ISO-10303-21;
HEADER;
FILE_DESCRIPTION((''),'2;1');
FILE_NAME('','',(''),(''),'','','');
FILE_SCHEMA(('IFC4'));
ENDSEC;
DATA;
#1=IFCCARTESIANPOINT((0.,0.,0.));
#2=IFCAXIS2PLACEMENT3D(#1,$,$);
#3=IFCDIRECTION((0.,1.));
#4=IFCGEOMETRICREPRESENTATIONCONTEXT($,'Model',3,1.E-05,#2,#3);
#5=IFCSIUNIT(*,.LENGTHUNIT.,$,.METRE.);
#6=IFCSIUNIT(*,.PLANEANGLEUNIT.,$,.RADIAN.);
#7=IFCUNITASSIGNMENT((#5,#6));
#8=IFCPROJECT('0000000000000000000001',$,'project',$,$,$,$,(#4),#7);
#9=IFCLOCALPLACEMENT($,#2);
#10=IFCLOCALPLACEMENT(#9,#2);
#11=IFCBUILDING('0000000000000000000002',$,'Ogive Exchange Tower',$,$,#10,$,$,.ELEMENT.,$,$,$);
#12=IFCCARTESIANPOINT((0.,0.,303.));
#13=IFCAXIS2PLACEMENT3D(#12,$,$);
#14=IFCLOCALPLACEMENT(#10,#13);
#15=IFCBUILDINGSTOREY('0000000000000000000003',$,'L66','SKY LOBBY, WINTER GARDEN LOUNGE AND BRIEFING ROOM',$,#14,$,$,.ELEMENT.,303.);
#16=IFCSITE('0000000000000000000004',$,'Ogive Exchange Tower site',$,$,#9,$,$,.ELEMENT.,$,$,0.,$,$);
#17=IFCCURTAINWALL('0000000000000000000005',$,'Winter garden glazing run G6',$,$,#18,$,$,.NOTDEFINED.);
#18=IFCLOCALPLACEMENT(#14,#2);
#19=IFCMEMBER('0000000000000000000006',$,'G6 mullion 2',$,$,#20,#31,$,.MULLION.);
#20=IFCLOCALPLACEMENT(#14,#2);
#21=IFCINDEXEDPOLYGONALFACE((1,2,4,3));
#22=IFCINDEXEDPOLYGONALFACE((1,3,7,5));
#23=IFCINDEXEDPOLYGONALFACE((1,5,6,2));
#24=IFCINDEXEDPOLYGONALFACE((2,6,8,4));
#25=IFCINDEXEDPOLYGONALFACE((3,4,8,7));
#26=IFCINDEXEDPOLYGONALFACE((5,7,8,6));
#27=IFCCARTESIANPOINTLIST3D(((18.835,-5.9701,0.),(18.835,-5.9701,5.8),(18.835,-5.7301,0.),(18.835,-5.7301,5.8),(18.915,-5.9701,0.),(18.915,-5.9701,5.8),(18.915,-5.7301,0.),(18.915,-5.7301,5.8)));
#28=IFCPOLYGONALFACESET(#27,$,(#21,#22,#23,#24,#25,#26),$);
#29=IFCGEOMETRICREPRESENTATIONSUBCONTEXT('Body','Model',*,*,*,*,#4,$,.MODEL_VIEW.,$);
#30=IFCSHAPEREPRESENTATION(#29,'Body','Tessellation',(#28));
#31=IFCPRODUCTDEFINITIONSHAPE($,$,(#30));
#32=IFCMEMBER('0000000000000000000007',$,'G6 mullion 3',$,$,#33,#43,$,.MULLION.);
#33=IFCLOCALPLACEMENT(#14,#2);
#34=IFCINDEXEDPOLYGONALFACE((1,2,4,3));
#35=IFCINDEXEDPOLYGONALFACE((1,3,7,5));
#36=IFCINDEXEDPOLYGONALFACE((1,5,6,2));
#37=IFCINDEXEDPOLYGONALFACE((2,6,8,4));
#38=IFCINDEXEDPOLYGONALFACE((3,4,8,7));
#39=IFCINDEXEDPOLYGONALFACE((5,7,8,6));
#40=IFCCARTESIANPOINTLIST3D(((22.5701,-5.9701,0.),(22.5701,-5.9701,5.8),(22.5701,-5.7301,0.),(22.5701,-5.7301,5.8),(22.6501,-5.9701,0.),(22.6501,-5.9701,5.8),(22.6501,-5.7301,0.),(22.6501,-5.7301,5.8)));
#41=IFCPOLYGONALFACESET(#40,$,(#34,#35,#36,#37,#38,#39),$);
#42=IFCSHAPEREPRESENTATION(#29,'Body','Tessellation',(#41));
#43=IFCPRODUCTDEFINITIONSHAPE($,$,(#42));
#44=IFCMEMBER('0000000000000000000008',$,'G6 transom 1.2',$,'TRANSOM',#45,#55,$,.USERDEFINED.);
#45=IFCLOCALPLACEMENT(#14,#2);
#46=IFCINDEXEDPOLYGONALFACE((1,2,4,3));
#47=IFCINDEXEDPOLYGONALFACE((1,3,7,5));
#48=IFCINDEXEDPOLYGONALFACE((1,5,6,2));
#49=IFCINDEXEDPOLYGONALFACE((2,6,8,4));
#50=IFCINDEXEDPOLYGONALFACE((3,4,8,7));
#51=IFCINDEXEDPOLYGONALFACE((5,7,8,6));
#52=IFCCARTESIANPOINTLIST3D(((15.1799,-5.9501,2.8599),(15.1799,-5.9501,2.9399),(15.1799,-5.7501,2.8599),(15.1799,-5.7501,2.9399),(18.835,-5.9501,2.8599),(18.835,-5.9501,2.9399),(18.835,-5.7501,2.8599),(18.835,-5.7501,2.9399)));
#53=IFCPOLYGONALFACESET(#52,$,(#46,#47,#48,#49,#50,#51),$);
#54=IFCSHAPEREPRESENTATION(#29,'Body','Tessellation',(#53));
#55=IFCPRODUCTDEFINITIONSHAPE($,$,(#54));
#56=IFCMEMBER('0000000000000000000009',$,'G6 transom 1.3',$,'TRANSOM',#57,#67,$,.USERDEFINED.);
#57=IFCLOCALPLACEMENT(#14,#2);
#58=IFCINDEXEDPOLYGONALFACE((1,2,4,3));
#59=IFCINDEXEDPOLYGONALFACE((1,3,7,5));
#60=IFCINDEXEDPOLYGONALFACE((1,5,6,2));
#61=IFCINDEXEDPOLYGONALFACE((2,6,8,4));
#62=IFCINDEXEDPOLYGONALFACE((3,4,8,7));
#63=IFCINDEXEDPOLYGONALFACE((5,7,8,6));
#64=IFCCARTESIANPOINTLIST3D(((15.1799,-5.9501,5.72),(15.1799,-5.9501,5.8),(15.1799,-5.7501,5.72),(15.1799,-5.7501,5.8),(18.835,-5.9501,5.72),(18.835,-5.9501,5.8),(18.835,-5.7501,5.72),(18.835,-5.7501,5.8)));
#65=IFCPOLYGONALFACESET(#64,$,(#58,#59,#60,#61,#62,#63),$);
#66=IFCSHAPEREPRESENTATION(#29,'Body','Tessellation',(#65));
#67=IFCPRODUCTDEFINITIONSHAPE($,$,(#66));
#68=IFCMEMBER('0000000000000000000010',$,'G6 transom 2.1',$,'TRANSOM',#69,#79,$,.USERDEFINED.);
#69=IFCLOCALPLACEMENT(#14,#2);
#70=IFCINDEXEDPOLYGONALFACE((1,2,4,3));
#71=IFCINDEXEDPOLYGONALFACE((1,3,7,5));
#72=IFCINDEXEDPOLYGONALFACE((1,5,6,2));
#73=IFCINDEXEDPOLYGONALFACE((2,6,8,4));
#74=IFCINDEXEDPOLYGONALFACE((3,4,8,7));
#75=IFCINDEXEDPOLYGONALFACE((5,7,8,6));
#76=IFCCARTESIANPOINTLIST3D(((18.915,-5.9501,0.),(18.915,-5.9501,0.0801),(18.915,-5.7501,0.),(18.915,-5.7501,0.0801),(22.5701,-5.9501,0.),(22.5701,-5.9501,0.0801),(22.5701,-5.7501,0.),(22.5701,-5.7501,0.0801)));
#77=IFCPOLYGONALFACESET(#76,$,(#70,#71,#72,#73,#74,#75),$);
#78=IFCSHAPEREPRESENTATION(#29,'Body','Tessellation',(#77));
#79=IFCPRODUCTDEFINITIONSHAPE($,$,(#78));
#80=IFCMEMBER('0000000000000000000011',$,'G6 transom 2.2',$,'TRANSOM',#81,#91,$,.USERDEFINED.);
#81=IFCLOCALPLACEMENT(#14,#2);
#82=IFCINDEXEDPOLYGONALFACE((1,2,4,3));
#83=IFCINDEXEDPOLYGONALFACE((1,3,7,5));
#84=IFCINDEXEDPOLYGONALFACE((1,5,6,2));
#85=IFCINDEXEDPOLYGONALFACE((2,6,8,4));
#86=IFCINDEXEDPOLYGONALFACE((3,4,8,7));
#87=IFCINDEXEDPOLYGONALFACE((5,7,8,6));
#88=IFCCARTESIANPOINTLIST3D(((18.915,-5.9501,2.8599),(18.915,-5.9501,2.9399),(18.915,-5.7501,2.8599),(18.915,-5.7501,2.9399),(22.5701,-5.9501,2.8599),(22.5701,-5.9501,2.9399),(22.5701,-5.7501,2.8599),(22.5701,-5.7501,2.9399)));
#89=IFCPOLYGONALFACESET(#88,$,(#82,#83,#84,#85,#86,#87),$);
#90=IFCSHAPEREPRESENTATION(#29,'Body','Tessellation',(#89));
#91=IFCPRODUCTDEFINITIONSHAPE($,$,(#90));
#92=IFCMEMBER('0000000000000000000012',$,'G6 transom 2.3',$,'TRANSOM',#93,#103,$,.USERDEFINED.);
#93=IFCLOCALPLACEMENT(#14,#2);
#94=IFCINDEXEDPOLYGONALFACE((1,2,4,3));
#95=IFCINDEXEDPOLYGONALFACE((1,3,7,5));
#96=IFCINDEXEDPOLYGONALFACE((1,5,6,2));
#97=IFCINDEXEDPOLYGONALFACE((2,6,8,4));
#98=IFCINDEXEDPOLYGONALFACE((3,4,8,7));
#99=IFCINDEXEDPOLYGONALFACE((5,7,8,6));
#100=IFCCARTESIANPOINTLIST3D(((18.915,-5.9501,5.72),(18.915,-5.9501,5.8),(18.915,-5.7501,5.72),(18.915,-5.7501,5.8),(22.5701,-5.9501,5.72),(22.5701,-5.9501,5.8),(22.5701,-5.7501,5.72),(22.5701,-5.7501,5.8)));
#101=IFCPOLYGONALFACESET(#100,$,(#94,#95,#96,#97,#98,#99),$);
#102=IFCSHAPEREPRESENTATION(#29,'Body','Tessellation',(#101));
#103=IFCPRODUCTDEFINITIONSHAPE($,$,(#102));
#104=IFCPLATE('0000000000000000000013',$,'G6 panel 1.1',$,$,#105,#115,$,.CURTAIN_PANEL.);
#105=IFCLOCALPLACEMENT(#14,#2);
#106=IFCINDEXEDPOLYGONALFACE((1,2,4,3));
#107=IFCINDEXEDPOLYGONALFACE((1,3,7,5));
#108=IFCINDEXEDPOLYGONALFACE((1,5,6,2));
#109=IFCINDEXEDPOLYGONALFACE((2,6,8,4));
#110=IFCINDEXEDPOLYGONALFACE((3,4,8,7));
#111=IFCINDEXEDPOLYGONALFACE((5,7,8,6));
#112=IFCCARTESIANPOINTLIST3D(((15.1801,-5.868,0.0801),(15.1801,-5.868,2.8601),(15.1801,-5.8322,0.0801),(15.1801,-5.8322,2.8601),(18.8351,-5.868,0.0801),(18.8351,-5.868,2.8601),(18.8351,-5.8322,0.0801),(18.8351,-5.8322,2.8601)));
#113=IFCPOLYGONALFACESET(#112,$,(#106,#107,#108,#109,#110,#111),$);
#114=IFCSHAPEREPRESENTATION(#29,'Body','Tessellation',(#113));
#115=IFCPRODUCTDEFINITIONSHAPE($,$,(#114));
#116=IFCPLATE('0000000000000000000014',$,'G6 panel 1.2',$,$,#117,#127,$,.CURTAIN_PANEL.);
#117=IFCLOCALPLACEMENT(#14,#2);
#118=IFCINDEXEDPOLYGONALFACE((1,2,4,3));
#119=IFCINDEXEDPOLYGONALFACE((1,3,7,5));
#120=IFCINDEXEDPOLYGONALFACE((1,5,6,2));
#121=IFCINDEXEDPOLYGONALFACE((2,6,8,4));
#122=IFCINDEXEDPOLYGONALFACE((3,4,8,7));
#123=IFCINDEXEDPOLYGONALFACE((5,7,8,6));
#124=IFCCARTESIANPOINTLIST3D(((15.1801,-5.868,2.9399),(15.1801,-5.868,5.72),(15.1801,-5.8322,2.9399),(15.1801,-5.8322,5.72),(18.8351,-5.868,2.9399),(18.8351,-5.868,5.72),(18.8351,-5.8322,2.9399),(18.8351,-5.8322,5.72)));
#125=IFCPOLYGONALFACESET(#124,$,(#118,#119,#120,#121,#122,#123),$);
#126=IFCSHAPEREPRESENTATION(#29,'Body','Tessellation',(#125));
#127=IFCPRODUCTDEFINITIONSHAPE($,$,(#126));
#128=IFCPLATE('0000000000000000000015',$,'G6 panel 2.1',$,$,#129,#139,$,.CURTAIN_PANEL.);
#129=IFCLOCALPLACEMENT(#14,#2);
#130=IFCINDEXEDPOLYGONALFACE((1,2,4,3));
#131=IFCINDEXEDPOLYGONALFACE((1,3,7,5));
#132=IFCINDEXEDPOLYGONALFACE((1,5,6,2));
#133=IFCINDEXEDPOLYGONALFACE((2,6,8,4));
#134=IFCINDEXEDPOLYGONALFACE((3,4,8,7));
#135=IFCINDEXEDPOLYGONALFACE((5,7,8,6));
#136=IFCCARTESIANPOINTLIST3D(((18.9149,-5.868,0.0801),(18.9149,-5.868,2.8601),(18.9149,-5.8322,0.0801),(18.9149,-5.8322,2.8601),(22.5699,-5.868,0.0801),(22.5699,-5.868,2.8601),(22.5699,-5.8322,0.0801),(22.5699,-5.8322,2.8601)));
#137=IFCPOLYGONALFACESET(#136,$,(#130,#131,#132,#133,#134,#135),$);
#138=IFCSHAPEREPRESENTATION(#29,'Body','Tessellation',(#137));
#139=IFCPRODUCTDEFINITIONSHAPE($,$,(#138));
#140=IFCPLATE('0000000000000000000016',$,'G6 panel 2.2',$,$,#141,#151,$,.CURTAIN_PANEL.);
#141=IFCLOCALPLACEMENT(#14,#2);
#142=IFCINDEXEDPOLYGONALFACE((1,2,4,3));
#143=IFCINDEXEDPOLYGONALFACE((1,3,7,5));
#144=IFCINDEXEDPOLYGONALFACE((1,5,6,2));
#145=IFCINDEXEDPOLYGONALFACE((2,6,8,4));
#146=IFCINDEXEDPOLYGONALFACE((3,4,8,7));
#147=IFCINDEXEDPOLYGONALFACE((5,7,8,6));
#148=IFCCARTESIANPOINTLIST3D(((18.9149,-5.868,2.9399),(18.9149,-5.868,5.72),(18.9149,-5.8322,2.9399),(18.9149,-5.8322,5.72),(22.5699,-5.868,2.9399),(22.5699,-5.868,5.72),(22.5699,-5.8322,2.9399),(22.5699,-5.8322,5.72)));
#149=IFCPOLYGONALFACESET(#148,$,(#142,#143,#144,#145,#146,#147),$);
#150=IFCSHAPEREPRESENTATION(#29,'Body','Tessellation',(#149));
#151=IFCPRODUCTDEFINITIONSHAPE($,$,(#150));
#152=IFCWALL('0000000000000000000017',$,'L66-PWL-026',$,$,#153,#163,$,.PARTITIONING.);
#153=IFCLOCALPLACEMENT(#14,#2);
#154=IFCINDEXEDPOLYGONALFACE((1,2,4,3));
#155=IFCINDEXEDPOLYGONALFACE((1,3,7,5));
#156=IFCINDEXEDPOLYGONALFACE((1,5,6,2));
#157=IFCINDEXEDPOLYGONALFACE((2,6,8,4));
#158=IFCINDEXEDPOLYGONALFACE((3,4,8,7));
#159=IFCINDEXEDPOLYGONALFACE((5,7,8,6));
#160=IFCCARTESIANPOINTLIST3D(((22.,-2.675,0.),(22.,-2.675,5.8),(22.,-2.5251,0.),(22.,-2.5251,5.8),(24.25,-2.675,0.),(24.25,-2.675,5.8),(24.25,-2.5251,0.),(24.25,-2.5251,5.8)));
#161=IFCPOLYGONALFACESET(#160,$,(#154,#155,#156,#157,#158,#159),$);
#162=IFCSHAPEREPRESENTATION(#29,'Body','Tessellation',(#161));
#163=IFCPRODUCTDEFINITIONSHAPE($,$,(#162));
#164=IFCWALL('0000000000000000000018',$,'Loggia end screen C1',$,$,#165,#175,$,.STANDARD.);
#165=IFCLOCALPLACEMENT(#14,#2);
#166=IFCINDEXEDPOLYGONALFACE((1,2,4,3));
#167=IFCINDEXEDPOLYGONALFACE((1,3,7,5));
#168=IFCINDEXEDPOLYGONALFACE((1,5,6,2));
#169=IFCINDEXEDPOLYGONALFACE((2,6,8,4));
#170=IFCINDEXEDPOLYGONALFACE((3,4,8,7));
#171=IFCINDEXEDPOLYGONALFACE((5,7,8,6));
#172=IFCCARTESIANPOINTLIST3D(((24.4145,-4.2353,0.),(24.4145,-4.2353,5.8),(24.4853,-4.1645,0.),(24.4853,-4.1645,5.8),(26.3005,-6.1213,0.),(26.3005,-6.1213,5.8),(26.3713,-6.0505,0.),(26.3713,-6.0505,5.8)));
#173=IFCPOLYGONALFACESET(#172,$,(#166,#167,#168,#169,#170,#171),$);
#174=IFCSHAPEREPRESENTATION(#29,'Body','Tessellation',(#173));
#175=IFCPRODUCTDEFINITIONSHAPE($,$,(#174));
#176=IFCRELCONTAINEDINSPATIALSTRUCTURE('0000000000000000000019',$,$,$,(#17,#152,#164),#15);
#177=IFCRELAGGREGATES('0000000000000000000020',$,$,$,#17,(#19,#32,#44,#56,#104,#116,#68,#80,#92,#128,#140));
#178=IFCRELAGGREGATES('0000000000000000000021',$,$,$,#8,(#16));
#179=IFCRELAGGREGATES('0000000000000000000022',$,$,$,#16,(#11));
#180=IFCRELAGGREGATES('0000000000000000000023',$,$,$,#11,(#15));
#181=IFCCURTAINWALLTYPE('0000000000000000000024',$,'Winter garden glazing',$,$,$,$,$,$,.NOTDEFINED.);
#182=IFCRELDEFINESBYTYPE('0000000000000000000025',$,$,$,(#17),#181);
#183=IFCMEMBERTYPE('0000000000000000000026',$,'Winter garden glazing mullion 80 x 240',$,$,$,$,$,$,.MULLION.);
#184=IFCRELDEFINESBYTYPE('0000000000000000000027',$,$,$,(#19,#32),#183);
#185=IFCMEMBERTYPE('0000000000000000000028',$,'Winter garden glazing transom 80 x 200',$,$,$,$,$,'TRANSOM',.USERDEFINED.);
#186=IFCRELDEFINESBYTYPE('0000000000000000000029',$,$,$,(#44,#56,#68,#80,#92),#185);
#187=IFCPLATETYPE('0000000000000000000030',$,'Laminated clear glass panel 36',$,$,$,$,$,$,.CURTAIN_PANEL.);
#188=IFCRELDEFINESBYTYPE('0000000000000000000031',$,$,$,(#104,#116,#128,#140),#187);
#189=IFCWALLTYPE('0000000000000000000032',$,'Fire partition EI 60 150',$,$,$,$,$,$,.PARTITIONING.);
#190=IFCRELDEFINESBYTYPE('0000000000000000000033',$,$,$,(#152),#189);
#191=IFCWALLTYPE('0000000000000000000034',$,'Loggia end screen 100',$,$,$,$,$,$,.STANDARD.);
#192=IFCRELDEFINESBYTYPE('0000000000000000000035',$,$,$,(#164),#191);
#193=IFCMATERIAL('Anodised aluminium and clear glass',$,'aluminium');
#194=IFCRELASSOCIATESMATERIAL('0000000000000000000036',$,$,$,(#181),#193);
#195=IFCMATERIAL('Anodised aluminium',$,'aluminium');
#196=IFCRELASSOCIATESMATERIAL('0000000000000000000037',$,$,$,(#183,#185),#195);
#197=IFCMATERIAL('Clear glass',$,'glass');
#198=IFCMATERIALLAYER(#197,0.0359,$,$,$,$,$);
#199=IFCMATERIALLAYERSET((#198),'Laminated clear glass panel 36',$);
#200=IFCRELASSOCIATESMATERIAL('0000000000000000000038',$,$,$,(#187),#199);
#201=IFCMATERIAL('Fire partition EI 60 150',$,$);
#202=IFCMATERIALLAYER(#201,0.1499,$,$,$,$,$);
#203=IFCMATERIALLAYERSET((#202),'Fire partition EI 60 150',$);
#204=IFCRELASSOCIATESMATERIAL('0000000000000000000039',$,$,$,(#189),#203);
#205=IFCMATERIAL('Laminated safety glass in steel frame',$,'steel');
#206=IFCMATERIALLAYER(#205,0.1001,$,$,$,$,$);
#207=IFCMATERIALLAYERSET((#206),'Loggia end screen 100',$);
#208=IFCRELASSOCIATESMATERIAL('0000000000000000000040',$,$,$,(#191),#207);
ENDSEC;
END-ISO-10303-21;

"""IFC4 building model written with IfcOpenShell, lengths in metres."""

from ifc_helpers import new_model, si_unit, direction, frame, frame_2d, origin, origin_2d, place, context, subcontext, project, spatial, rectangle, extrude, material, layer, layer_set, material_profile, profile_set, type_object, element, aggregate, save


model = new_model("IFC4")

# Units and contexts
model_context = context("Model", 3, precision=1e-05, world=origin(), true_north=direction((0.0, 1.0)))
body_context = subcontext(model_context, "Body", "Model", "MODEL_VIEW")
ifc_project = project(units=[si_unit("LENGTHUNIT", "METRE"), si_unit("PLANEANGLEUNIT", "RADIAN")], contexts=[model_context])

# Site, building, storey
site_placement = place(None, origin())
site = spatial("IfcSite", under=ifc_project, at=site_placement, Name="Ogive Exchange Tower site", CompositionType="ELEMENT", RefElevation=0.0)
building_placement = place(site_placement, origin())
building = spatial("IfcBuilding", under=site, at=building_placement, Name="Ogive Exchange Tower", CompositionType="ELEMENT")
storey_placement = place(building_placement, frame((0.0, 0.0, 303.0)))
storey = spatial("IfcBuildingStorey", under=building, at=storey_placement, Name="L66", Description="SKY LOBBY, WINTER GARDEN LOUNGE AND BRIEFING ROOM", CompositionType="ELEMENT", Elevation=303.0)

# Curtain wall, members, plates
ifc_material_1 = material(Name="Anodised aluminium and clear glass", Category="aluminium")
curtain_wall_type = type_object("IfcCurtainWallType", Name="Winter garden glazing", PredefinedType="NOTDEFINED", material=ifc_material_1)
curtain_wall_placement = place(storey_placement, origin())
curtain_wall = element("IfcCurtainWall", 1, at=curtain_wall_placement, inside=storey, type_object=curtain_wall_type, Name="Winter garden glazing run G6", PredefinedType="NOTDEFINED")
ifc_material_2 = material(Name="Anodised aluminium", Category="aluminium")
ifc_material_profile_1 = material_profile(ifc_material_2, rectangle(XDim=0.24, YDim=0.0801, at=origin_2d()), Name="AL 80x240")
ifc_profile_set_1 = profile_set([ifc_material_profile_1], Name="Anodised aluminium")
member_type_1 = type_object("IfcMemberType", Name="Winter garden glazing mullion 80 x 240", PredefinedType="MULLION", material=ifc_profile_set_1)
member_1_placement = place(storey_placement, frame((18.875, -5.8501, 0.0), z_axis=(0.0, 0.0, 1.0), x_axis=(0.0, 1.0, 0.0)))
member_1 = element("IfcMember", 2, at=member_1_placement, type_object=member_type_1, Name="G6 mullion 2", PredefinedType="MULLION", context=body_context, shape_type="SweptSolid", body=[
    extrude(rectangle(XDim=0.24, YDim=0.0801, at=origin_2d()), origin(), (0.0, 0.0, 1.0), 5.8),
])
member_2_placement = place(storey_placement, frame((22.6101, -5.8501, 0.0), z_axis=(0.0, 0.0, 1.0), x_axis=(0.0, 1.0, 0.0)))
member_2 = element("IfcMember", 3, at=member_2_placement, type_object=member_type_1, Name="G6 mullion 3", PredefinedType="MULLION", context=body_context, shape_type="SweptSolid", body=[
    extrude(rectangle(XDim=0.24, YDim=0.0801, at=origin_2d()), origin(), (0.0, 0.0, 1.0), 5.8),
])
ifc_material_profile_2 = material_profile(ifc_material_2, rectangle(XDim=0.2, YDim=0.0801, at=origin_2d()), Name="AL 80x200")
ifc_profile_set_2 = profile_set([ifc_material_profile_2], Name="Anodised aluminium")
member_type_2 = type_object("IfcMemberType", Name="Winter garden glazing transom 80 x 200", ElementType="TRANSOM", PredefinedType="USERDEFINED", material=ifc_profile_set_2)
member_3_placement = place(storey_placement, frame((15.1799, -5.8501, 2.8999), z_axis=(1.0, 0.0, 0.0), x_axis=(0.0, 1.0, 0.0)))
member_3 = element("IfcMember", 4, at=member_3_placement, type_object=member_type_2, Name="G6 transom 1.2", ObjectType="TRANSOM", PredefinedType="USERDEFINED", context=body_context, shape_type="SweptSolid", body=[
    extrude(rectangle(XDim=0.2, YDim=0.0801, at=origin_2d()), origin(), (0.0, 0.0, 1.0), 3.655),
])
member_4_placement = place(storey_placement, frame((15.1799, -5.8501, 5.76), z_axis=(1.0, 0.0, 0.0), x_axis=(0.0, 1.0, 0.0)))
member_4 = element("IfcMember", 5, at=member_4_placement, type_object=member_type_2, Name="G6 transom 1.3", ObjectType="TRANSOM", PredefinedType="USERDEFINED", context=body_context, shape_type="SweptSolid", body=[
    extrude(rectangle(XDim=0.2, YDim=0.0801, at=origin_2d()), origin(), (0.0, 0.0, 1.0), 3.655),
])
member_5_placement = place(storey_placement, frame((18.915, -5.8501, 0.04), z_axis=(1.0, 0.0, 0.0), x_axis=(0.0, 1.0, 0.0)))
member_5 = element("IfcMember", 6, at=member_5_placement, type_object=member_type_2, Name="G6 transom 2.1", ObjectType="TRANSOM", PredefinedType="USERDEFINED", context=body_context, shape_type="SweptSolid", body=[
    extrude(rectangle(XDim=0.2, YDim=0.0801, at=origin_2d()), origin(), (0.0, 0.0, 1.0), 3.655),
])
member_6_placement = place(storey_placement, frame((18.915, -5.8501, 2.8999), z_axis=(1.0, 0.0, 0.0), x_axis=(0.0, 1.0, 0.0)))
member_6 = element("IfcMember", 7, at=member_6_placement, type_object=member_type_2, Name="G6 transom 2.2", ObjectType="TRANSOM", PredefinedType="USERDEFINED", context=body_context, shape_type="SweptSolid", body=[
    extrude(rectangle(XDim=0.2, YDim=0.0801, at=origin_2d()), origin(), (0.0, 0.0, 1.0), 3.655),
])
member_7_placement = place(storey_placement, frame((18.915, -5.8501, 5.76), z_axis=(1.0, 0.0, 0.0), x_axis=(0.0, 1.0, 0.0)))
member_7 = element("IfcMember", 8, at=member_7_placement, type_object=member_type_2, Name="G6 transom 2.3", ObjectType="TRANSOM", PredefinedType="USERDEFINED", context=body_context, shape_type="SweptSolid", body=[
    extrude(rectangle(XDim=0.2, YDim=0.0801, at=origin_2d()), origin(), (0.0, 0.0, 1.0), 3.655),
])
ifc_material_3 = material(Name="Clear glass", Category="glass")
ifc_layer_1 = layer(ifc_material_3, 0.0359)
ifc_layer_set_1 = layer_set([ifc_layer_1], Name="Laminated clear glass panel 36")
plate_type = type_object("IfcPlateType", Name="Laminated clear glass panel 36", PredefinedType="CURTAIN_PANEL", material=ifc_layer_set_1)
plate_1_placement = place(storey_placement, frame((17.0076, -5.8501, 0.0801), z_axis=(0.0, 0.0, 1.0), x_axis=(1.0, 0.0, 0.0)))
plate_1 = element("IfcPlate", 9, at=plate_1_placement, type_object=plate_type, Name="G6 panel 1.1", PredefinedType="CURTAIN_PANEL", context=body_context, shape_type="SweptSolid", body=[
    extrude(rectangle(XDim=3.655, YDim=0.0359, at=origin_2d()), origin(), (0.0, 0.0, 1.0), 2.78),
])
plate_2_placement = place(storey_placement, frame((17.0076, -5.8501, 2.9399), z_axis=(0.0, 0.0, 1.0), x_axis=(1.0, 0.0, 0.0)))
plate_2 = element("IfcPlate", 10, at=plate_2_placement, type_object=plate_type, Name="G6 panel 1.2", PredefinedType="CURTAIN_PANEL", context=body_context, shape_type="SweptSolid", body=[
    extrude(rectangle(XDim=3.655, YDim=0.0359, at=origin_2d()), origin(), (0.0, 0.0, 1.0), 2.78),
])
plate_3_placement = place(storey_placement, frame((20.7424, -5.8501, 0.0801), z_axis=(0.0, 0.0, 1.0), x_axis=(1.0, 0.0, 0.0)))
plate_3 = element("IfcPlate", 11, at=plate_3_placement, type_object=plate_type, Name="G6 panel 2.1", PredefinedType="CURTAIN_PANEL", context=body_context, shape_type="SweptSolid", body=[
    extrude(rectangle(XDim=3.655, YDim=0.0359, at=origin_2d()), origin(), (0.0, 0.0, 1.0), 2.78),
])
plate_4_placement = place(storey_placement, frame((20.7424, -5.8501, 2.9399), z_axis=(0.0, 0.0, 1.0), x_axis=(1.0, 0.0, 0.0)))
plate_4 = element("IfcPlate", 12, at=plate_4_placement, type_object=plate_type, Name="G6 panel 2.2", PredefinedType="CURTAIN_PANEL", context=body_context, shape_type="SweptSolid", body=[
    extrude(rectangle(XDim=3.655, YDim=0.0359, at=origin_2d()), origin(), (0.0, 0.0, 1.0), 2.78),
])
aggregate(curtain_wall, [member_1, member_2, member_3, member_4, plate_1, plate_2, member_5, member_6, member_7, plate_3, plate_4])

# Walls
ifc_material_4 = material(Name="Fire partition EI 60 150")
ifc_layer_2 = layer(ifc_material_4, 0.1499)
ifc_layer_set_2 = layer_set([ifc_layer_2], Name="Fire partition EI 60 150")
wall_type_1 = type_object("IfcWallType", Name="Fire partition EI 60 150", PredefinedType="PARTITIONING", material=ifc_layer_set_2)
wall_1_placement = place(storey_placement, frame((22.0, -2.6001, 0.0), z_axis=(0.0, 0.0, 1.0), x_axis=(1.0, 0.0, 0.0)))
element("IfcWall", 13, at=wall_1_placement, inside=storey, type_object=wall_type_1, Name="L66-PWL-026", PredefinedType="PARTITIONING", context=body_context, shape_type="SweptSolid", body=[
    extrude(rectangle(XDim=2.25, YDim=0.1499, at=frame_2d((1.125, 0.0))), origin(), (0.0, 0.0, 1.0), 5.8),
])
ifc_material_5 = material(Name="Laminated safety glass in steel frame", Category="steel")
ifc_layer_3 = layer(ifc_material_5, 0.1001)
ifc_layer_set_3 = layer_set([ifc_layer_3], Name="Loggia end screen 100")
wall_type_2 = type_object("IfcWallType", Name="Loggia end screen 100", PredefinedType="STANDARD", material=ifc_layer_set_3)
wall_2_placement = place(storey_placement, frame((24.45, -4.2, 0.0), z_axis=(0.0, 0.0, 1.0), x_axis=(0.707107, -0.707107, 0.0)))
element("IfcWall", 14, at=wall_2_placement, inside=storey, type_object=wall_type_2, Name="Loggia end screen C1", PredefinedType="STANDARD", context=body_context, shape_type="SweptSolid", body=[
    extrude(rectangle(XDim=2.6672, YDim=0.1001, at=frame_2d((1.3335, 0.0))), origin(), (0.0, 0.0, 1.0), 5.8),
])

save(model, "model.ifc")
